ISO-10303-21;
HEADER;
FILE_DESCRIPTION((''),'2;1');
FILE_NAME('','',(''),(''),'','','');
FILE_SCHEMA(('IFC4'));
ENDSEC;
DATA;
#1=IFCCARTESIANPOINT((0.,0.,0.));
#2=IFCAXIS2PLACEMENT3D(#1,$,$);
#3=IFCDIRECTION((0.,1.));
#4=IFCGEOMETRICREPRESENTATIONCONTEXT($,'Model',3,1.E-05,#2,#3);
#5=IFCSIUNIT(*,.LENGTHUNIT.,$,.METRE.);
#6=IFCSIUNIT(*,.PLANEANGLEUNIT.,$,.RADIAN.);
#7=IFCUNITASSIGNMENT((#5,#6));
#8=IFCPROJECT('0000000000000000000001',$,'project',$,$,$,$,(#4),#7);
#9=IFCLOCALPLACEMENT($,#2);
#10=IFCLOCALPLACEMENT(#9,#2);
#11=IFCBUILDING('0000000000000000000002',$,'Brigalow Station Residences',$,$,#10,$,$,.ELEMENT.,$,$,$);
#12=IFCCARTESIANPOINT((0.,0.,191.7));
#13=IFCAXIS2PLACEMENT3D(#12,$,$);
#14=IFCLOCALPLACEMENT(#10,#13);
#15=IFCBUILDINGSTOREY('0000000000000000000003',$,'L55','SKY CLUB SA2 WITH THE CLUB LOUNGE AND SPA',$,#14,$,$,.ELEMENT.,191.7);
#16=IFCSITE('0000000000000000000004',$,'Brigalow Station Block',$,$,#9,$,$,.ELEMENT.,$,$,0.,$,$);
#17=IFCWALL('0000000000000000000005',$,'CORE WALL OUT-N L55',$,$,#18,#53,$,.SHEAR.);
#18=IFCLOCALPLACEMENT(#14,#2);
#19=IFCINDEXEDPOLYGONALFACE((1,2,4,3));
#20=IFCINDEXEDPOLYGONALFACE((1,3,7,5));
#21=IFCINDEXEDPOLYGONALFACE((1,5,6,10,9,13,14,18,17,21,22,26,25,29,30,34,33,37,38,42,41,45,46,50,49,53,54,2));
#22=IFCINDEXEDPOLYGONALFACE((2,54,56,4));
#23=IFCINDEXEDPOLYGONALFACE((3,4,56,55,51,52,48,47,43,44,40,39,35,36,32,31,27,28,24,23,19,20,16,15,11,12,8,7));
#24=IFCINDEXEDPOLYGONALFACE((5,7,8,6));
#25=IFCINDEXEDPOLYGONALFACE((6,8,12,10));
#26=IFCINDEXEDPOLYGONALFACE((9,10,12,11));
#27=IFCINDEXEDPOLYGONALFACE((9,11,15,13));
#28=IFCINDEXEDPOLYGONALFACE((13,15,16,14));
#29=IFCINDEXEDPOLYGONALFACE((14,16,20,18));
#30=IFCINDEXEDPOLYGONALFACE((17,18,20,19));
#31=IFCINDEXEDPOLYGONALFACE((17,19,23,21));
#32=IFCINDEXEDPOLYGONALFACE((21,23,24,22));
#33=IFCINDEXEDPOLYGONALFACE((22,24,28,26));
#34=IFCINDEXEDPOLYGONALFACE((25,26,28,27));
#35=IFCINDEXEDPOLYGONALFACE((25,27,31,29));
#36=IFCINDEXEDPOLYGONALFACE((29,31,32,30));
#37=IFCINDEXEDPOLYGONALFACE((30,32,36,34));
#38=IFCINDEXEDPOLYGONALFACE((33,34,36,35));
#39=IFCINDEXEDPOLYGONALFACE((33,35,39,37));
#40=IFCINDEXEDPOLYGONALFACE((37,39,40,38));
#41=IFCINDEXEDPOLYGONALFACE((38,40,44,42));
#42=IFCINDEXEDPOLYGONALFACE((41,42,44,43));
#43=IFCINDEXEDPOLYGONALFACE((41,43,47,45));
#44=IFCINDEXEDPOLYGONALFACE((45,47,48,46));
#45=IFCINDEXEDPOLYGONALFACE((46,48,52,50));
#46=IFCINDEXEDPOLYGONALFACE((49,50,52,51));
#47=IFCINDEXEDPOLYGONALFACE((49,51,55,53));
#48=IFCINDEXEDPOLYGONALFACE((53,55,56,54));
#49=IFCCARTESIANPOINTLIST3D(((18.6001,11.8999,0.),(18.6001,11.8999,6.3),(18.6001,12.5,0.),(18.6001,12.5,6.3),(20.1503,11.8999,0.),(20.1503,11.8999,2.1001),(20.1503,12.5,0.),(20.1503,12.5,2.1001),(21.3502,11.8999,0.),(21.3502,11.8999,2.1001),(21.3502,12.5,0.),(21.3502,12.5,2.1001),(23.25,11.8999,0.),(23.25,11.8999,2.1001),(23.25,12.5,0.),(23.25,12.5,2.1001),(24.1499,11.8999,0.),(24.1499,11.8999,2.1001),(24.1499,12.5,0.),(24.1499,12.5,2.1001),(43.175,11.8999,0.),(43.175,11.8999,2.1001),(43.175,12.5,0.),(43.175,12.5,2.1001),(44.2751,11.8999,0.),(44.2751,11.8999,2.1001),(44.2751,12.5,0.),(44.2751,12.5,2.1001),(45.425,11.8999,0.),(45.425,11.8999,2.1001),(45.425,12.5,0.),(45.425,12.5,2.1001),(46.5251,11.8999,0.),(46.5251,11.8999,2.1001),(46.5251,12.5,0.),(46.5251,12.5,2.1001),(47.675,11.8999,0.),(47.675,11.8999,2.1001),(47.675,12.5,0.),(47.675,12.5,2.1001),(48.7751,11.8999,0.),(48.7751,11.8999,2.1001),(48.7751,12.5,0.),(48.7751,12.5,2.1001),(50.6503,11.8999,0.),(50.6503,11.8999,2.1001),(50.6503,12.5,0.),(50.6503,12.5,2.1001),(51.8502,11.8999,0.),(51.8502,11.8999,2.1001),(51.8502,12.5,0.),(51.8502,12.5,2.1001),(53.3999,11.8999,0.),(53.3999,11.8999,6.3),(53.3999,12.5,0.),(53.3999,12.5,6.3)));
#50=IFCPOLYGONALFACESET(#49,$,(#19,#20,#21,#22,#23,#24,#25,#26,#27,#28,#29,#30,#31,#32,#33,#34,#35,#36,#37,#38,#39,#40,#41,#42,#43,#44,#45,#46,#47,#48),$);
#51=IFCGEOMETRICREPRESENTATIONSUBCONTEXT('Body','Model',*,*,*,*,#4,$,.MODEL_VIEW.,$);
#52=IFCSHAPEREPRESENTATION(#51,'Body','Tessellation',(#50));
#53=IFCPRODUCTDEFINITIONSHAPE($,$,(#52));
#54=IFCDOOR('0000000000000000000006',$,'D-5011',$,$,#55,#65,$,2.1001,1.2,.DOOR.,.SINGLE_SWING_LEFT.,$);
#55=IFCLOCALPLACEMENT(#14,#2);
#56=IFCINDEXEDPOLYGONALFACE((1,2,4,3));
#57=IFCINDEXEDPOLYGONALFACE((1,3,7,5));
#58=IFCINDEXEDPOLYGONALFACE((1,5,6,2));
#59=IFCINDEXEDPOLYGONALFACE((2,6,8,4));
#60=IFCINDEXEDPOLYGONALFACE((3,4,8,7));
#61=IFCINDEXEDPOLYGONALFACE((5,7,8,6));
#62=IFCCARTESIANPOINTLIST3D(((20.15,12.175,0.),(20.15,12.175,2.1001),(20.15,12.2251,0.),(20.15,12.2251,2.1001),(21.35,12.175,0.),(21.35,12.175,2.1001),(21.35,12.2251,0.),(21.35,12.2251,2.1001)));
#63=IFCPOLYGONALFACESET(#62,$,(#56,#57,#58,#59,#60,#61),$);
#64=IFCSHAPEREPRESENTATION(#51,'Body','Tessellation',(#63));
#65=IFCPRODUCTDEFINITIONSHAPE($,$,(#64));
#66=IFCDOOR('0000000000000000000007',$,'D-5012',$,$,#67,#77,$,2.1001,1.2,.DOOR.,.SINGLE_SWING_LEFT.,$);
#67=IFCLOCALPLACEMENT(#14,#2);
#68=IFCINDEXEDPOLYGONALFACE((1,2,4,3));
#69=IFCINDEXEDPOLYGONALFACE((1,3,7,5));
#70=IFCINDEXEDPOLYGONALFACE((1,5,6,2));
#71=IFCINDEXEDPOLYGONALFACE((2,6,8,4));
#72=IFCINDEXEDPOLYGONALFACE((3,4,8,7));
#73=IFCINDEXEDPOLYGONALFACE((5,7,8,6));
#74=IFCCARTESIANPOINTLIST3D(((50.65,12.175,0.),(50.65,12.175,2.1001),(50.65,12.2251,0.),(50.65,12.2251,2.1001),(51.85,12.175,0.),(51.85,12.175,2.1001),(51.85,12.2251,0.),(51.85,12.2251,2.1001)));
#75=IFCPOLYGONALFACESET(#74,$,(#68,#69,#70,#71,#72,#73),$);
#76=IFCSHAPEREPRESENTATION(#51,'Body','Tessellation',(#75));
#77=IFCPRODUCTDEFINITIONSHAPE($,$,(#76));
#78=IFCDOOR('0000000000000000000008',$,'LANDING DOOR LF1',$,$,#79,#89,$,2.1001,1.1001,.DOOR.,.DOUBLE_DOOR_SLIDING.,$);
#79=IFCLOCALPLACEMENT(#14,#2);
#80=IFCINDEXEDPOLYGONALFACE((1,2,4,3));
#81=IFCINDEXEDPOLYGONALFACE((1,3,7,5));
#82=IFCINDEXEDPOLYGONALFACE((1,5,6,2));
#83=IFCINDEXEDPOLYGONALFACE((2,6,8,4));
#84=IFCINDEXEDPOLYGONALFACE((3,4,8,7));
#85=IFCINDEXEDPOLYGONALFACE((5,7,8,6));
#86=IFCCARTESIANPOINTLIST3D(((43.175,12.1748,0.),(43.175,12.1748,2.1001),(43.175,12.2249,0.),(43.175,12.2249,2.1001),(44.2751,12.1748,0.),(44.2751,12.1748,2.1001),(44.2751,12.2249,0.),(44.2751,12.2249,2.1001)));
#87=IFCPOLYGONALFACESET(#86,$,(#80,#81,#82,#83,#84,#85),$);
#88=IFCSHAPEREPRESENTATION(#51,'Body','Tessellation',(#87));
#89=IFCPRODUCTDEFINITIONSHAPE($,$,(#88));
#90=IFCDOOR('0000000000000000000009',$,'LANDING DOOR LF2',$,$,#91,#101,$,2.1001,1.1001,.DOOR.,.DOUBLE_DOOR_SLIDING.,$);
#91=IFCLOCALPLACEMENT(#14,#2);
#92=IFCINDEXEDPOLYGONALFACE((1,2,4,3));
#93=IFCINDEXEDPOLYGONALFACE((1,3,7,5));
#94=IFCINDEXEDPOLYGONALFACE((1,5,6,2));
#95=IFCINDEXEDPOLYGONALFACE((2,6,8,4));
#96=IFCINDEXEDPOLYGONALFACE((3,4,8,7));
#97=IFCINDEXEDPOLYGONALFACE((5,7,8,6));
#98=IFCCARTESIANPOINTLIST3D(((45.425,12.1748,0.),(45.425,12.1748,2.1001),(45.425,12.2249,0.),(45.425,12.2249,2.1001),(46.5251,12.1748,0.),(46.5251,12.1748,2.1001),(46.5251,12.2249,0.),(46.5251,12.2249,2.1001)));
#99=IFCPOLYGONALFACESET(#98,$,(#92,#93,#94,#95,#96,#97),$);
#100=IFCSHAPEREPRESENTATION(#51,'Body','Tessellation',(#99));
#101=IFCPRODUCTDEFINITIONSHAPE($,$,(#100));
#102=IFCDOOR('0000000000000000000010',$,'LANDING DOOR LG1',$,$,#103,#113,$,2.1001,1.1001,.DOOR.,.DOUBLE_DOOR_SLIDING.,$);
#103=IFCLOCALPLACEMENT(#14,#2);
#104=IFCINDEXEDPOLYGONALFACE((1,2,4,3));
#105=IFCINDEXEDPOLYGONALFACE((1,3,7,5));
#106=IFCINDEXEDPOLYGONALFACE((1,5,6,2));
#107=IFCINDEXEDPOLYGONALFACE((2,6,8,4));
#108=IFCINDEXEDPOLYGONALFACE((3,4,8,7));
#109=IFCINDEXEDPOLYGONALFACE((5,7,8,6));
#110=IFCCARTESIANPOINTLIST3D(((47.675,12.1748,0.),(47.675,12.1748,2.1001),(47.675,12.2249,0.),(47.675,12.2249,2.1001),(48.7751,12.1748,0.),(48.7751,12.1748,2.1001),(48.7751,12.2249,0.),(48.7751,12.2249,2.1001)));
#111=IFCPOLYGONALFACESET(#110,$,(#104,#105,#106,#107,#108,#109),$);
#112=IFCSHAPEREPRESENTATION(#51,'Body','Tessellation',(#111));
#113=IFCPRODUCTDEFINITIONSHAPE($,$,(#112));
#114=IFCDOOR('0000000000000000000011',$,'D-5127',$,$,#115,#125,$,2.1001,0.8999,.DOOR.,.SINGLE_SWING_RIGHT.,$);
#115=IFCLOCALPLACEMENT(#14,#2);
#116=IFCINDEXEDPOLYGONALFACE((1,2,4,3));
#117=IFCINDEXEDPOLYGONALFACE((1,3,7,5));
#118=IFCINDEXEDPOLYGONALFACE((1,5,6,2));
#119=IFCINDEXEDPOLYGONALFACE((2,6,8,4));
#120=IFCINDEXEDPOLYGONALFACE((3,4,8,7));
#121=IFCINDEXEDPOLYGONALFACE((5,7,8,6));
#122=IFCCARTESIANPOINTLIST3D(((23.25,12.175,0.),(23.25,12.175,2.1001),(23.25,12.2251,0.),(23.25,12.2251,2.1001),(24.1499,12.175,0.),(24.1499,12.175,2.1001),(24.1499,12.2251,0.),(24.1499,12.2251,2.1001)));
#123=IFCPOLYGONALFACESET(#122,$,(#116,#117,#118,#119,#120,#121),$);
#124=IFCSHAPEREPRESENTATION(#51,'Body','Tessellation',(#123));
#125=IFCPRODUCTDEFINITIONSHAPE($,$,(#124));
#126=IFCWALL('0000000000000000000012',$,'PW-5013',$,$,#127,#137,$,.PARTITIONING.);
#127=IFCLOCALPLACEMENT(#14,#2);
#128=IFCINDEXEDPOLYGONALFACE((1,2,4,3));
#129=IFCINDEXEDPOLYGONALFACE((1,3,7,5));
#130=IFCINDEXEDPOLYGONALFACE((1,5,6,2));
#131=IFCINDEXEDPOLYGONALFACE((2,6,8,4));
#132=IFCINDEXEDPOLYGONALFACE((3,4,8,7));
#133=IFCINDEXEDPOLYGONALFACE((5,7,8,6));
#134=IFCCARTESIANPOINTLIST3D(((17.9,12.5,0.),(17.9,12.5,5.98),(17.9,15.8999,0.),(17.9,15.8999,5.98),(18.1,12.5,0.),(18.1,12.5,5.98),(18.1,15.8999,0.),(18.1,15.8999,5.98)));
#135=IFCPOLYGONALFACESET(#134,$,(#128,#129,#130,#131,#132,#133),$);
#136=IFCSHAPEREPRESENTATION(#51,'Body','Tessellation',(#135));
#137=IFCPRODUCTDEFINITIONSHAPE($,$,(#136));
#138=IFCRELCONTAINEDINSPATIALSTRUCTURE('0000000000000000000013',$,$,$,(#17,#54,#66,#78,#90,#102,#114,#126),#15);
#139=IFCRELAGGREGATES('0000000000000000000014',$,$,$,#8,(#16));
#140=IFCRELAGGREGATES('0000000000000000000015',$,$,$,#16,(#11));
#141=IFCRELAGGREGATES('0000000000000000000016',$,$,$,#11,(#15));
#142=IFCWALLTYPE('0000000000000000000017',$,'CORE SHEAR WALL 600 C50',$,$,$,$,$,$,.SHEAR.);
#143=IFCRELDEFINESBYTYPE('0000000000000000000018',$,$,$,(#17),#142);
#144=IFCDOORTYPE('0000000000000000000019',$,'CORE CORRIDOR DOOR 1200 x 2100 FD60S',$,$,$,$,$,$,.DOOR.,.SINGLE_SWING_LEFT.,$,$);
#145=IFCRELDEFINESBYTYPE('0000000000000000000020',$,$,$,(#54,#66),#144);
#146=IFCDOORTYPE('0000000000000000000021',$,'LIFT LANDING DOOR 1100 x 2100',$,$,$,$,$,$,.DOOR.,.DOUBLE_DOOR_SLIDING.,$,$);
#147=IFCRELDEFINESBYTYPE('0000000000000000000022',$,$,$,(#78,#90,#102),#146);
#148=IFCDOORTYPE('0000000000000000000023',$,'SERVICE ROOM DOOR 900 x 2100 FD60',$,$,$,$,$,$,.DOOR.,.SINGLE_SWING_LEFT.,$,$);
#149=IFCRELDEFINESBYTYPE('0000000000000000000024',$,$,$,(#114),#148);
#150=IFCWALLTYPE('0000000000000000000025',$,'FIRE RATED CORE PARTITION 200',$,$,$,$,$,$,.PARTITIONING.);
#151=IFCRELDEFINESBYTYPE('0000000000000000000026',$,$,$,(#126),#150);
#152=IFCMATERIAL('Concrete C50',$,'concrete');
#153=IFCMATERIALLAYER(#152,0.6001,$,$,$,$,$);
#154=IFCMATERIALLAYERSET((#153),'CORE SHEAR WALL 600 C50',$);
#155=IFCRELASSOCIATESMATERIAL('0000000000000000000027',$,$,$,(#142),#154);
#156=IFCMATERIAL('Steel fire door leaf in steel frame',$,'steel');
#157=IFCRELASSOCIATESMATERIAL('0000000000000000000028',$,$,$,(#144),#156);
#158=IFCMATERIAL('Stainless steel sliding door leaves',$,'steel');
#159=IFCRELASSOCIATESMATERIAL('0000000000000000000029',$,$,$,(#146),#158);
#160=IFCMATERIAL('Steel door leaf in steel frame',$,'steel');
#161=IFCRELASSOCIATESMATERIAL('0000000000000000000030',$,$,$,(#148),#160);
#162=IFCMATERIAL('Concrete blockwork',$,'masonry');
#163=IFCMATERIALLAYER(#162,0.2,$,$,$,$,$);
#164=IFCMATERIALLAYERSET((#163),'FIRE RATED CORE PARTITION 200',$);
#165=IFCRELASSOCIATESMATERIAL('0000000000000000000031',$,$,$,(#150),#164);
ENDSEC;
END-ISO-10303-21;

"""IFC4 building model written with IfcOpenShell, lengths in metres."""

from ifc_helpers import new_model, si_unit, direction, frame, frame_2d, origin, place, context, subcontext, project, spatial, rectangle, extrude, material, layer, layer_set, type_object, element, fill, save


model = new_model("IFC4")

# Units and contexts
model_context = context("Model", 3, precision=1e-05, world=origin(), true_north=direction((0.0, 1.0)))
body_context = subcontext(model_context, "Body", "Model", "MODEL_VIEW")
ifc_project = project(units=[si_unit("LENGTHUNIT", "METRE"), si_unit("PLANEANGLEUNIT", "RADIAN")], contexts=[model_context])

# Site, building, storey
site_placement = place(None, origin())
site = spatial("IfcSite", under=ifc_project, at=site_placement, Name="Brigalow Station Block", CompositionType="ELEMENT", RefElevation=0.0)
building_placement = place(site_placement, origin())
building = spatial("IfcBuilding", under=site, at=building_placement, Name="Brigalow Station Residences", CompositionType="ELEMENT")
storey_placement = place(building_placement, frame((0.0, 0.0, 191.7)))
storey = spatial("IfcBuildingStorey", under=building, at=storey_placement, Name="L55", Description="SKY CLUB SA2 WITH THE CLUB LOUNGE AND SPA", CompositionType="ELEMENT", Elevation=191.7)

# Wall, openings, doors
ifc_material_1 = material(Name="Concrete C50", Category="concrete")
ifc_layer_1 = layer(ifc_material_1, 0.6001)
ifc_layer_set_1 = layer_set([ifc_layer_1], Name="CORE SHEAR WALL 600 C50")
wall_type_1 = type_object("IfcWallType", Name="CORE SHEAR WALL 600 C50", PredefinedType="SHEAR", material=ifc_layer_set_1)
wall_1_placement = place(storey_placement, frame((18.6001, 12.2, 0.0), z_axis=(0.0, 0.0, 1.0), x_axis=(1.0, 0.0, 0.0)))
wall_1 = element("IfcWall", 1, at=wall_1_placement, inside=storey, type_object=wall_type_1, Name="CORE WALL OUT-N L55", PredefinedType="SHEAR", context=body_context, shape_type="SweptSolid", body=[
    extrude(rectangle(XDim=34.7998, YDim=0.6001, at=frame_2d((17.3999, 0.0))), origin(), (0.0, 0.0, 1.0), 6.3),
])
opening_1_placement = place(wall_1_placement, frame((24.575, 0.0, 0.0)))
opening_1 = element("IfcOpeningElement", 2, at=opening_1_placement, cuts=wall_1, PredefinedType="OPENING", context=body_context, shape_type="SweptSolid", body=[
    extrude(rectangle(XDim=1.1001, YDim=2.1001, at=frame_2d((0.55, 1.05))), frame((0.0, 0.3101, 0.0), z_axis=(0.0, -1.0, 0.0), x_axis=(1.0, 0.0, 0.0)), (0.0, 0.0, 1.0), 0.6201),
])
opening_2_placement = place(wall_1_placement, frame((26.825, 0.0, 0.0)))
opening_2 = element("IfcOpeningElement", 3, at=opening_2_placement, cuts=wall_1, PredefinedType="OPENING", context=body_context, shape_type="SweptSolid", body=[
    extrude(rectangle(XDim=1.1001, YDim=2.1001, at=frame_2d((0.55, 1.05))), frame((0.0, 0.3101, 0.0), z_axis=(0.0, -1.0, 0.0), x_axis=(1.0, 0.0, 0.0)), (0.0, 0.0, 1.0), 0.6201),
])
opening_3_placement = place(wall_1_placement, frame((29.075, 0.0, 0.0)))
opening_3 = element("IfcOpeningElement", 4, at=opening_3_placement, cuts=wall_1, PredefinedType="OPENING", context=body_context, shape_type="SweptSolid", body=[
    extrude(rectangle(XDim=1.1001, YDim=2.1001, at=frame_2d((0.55, 1.05))), frame((0.0, 0.3101, 0.0), z_axis=(0.0, -1.0, 0.0), x_axis=(1.0, 0.0, 0.0)), (0.0, 0.0, 1.0), 0.6201),
])
opening_4_placement = place(wall_1_placement, frame((4.6499, 0.0, 0.0)))
opening_4 = element("IfcOpeningElement", 5, at=opening_4_placement, cuts=wall_1, PredefinedType="OPENING", context=body_context, shape_type="SweptSolid", body=[
    extrude(rectangle(XDim=0.8999, YDim=2.1001, at=frame_2d((0.45, 1.05))), frame((0.0, 0.3101, 0.0), z_axis=(0.0, -1.0, 0.0), x_axis=(1.0, 0.0, 0.0)), (0.0, 0.0, 1.0), 0.6201),
])
opening_5_placement = place(wall_1_placement, frame((1.55, 0.0, 0.0)))
opening_5 = element("IfcOpeningElement", 6, at=opening_5_placement, cuts=wall_1, PredefinedType="OPENING", context=body_context, shape_type="SweptSolid", body=[
    extrude(rectangle(XDim=1.2, YDim=2.1001, at=frame_2d((0.6001, 1.05))), frame((0.0, 0.3101, 0.0), z_axis=(0.0, -1.0, 0.0), x_axis=(1.0, 0.0, 0.0)), (0.0, 0.0, 1.0), 0.6201),
])
opening_6_placement = place(wall_1_placement, frame((32.05, 0.0, 0.0)))
opening_6 = element("IfcOpeningElement", 7, at=opening_6_placement, cuts=wall_1, PredefinedType="OPENING", context=body_context, shape_type="SweptSolid", body=[
    extrude(rectangle(XDim=1.2, YDim=2.1001, at=frame_2d((0.6001, 1.05))), frame((0.0, 0.3101, 0.0), z_axis=(0.0, -1.0, 0.0), x_axis=(1.0, 0.0, 0.0)), (0.0, 0.0, 1.0), 0.6201),
])
ifc_material_2 = material(Name="Steel fire door leaf in steel frame", Category="steel")
door_type_1 = type_object("IfcDoorType", Name="CORE CORRIDOR DOOR 1200 x 2100 FD60S", OperationType="SINGLE_SWING_LEFT", PredefinedType="DOOR", material=ifc_material_2)
door_1_placement = place(opening_5_placement, frame((1.2, 0.0, 0.0), z_axis=(0.0, 0.0, 1.0), x_axis=(-1.0, 0.0, 0.0)))
door_1 = element("IfcDoor", 8, at=door_1_placement, inside=storey, type_object=door_type_1, Name="D-5011", OperationType="SINGLE_SWING_LEFT", OverallHeight=2.1001, OverallWidth=1.2, PredefinedType="DOOR", context=body_context, shape_type="SweptSolid", body=[
    extrude(rectangle(XDim=1.2, YDim=2.1001, at=frame_2d((0.6001, 1.05))), frame((0.0, 0.0249, 0.0), z_axis=(0.0, -1.0, 0.0), x_axis=(1.0, 0.0, 0.0)), (0.0, 0.0, 1.0), 0.05),
])
fill(opening_5, door_1)
door_2_placement = place(opening_6_placement, frame((1.2, 0.0, 0.0), z_axis=(0.0, 0.0, 1.0), x_axis=(-1.0, 0.0, 0.0)))
door_2 = element("IfcDoor", 9, at=door_2_placement, inside=storey, type_object=door_type_1, Name="D-5012", OperationType="SINGLE_SWING_LEFT", OverallHeight=2.1001, OverallWidth=1.2, PredefinedType="DOOR", context=body_context, shape_type="SweptSolid", body=[
    extrude(rectangle(XDim=1.2, YDim=2.1001, at=frame_2d((0.6001, 1.05))), frame((0.0, 0.0249, 0.0), z_axis=(0.0, -1.0, 0.0), x_axis=(1.0, 0.0, 0.0)), (0.0, 0.0, 1.0), 0.05),
])
fill(opening_6, door_2)
ifc_material_3 = material(Name="Stainless steel sliding door leaves", Category="steel")
door_type_2 = type_object("IfcDoorType", Name="LIFT LANDING DOOR 1100 x 2100", OperationType="DOUBLE_DOOR_SLIDING", PredefinedType="DOOR", material=ifc_material_3)
door_3_placement = place(opening_1_placement, origin())
door_3 = element("IfcDoor", 10, at=door_3_placement, inside=storey, type_object=door_type_2, Name="LANDING DOOR LF1", OperationType="DOUBLE_DOOR_SLIDING", OverallHeight=2.1001, OverallWidth=1.1001, PredefinedType="DOOR", context=body_context, shape_type="SweptSolid", body=[
    extrude(rectangle(XDim=1.1001, YDim=2.1001, at=frame_2d((0.55, 1.05))), frame((0.0, 0.0249, 0.0), z_axis=(0.0, -1.0, 0.0), x_axis=(1.0, 0.0, 0.0)), (0.0, 0.0, 1.0), 0.05),
])
fill(opening_1, door_3)
door_4_placement = place(opening_2_placement, origin())
door_4 = element("IfcDoor", 11, at=door_4_placement, inside=storey, type_object=door_type_2, Name="LANDING DOOR LF2", OperationType="DOUBLE_DOOR_SLIDING", OverallHeight=2.1001, OverallWidth=1.1001, PredefinedType="DOOR", context=body_context, shape_type="SweptSolid", body=[
    extrude(rectangle(XDim=1.1001, YDim=2.1001, at=frame_2d((0.55, 1.05))), frame((0.0, 0.0249, 0.0), z_axis=(0.0, -1.0, 0.0), x_axis=(1.0, 0.0, 0.0)), (0.0, 0.0, 1.0), 0.05),
])
fill(opening_2, door_4)
door_5_placement = place(opening_3_placement, origin())
door_5 = element("IfcDoor", 12, at=door_5_placement, inside=storey, type_object=door_type_2, Name="LANDING DOOR LG1", OperationType="DOUBLE_DOOR_SLIDING", OverallHeight=2.1001, OverallWidth=1.1001, PredefinedType="DOOR", context=body_context, shape_type="SweptSolid", body=[
    extrude(rectangle(XDim=1.1001, YDim=2.1001, at=frame_2d((0.55, 1.05))), frame((0.0, 0.0249, 0.0), z_axis=(0.0, -1.0, 0.0), x_axis=(1.0, 0.0, 0.0)), (0.0, 0.0, 1.0), 0.05),
])
fill(opening_3, door_5)
ifc_material_4 = material(Name="Steel door leaf in steel frame", Category="steel")
door_type_3 = type_object("IfcDoorType", Name="SERVICE ROOM DOOR 900 x 2100 FD60", OperationType="SINGLE_SWING_LEFT", PredefinedType="DOOR", material=ifc_material_4)
door_6_placement = place(opening_4_placement, frame((0.8999, 0.0, 0.0), z_axis=(0.0, 0.0, 1.0), x_axis=(-1.0, 0.0, 0.0)))
door_6 = element("IfcDoor", 13, at=door_6_placement, inside=storey, type_object=door_type_3, Name="D-5127", OperationType="SINGLE_SWING_RIGHT", OverallHeight=2.1001, OverallWidth=0.8999, PredefinedType="DOOR", context=body_context, shape_type="SweptSolid", body=[
    extrude(rectangle(XDim=0.8999, YDim=2.1001, at=frame_2d((0.45, 1.05))), frame((0.0, 0.0249, 0.0), z_axis=(0.0, -1.0, 0.0), x_axis=(1.0, 0.0, 0.0)), (0.0, 0.0, 1.0), 0.05),
])
fill(opening_4, door_6)

# Wall
ifc_material_5 = material(Name="Concrete blockwork", Category="masonry")
ifc_layer_2 = layer(ifc_material_5, 0.2)
ifc_layer_set_2 = layer_set([ifc_layer_2], Name="FIRE RATED CORE PARTITION 200")
wall_type_2 = type_object("IfcWallType", Name="FIRE RATED CORE PARTITION 200", PredefinedType="PARTITIONING", material=ifc_layer_set_2)
wall_2_placement = place(storey_placement, frame((18.0, 12.5, 0.0), z_axis=(0.0, 0.0, 1.0), x_axis=(0.0, 1.0, 0.0)))
element("IfcWall", 14, at=wall_2_placement, inside=storey, type_object=wall_type_2, Name="PW-5013", PredefinedType="PARTITIONING", context=body_context, shape_type="SweptSolid", body=[
    extrude(rectangle(XDim=3.3999, YDim=0.2, at=frame_2d((1.7, 0.0))), origin(), (0.0, 0.0, 1.0), 5.98),
])

save(model, "model.ifc")
